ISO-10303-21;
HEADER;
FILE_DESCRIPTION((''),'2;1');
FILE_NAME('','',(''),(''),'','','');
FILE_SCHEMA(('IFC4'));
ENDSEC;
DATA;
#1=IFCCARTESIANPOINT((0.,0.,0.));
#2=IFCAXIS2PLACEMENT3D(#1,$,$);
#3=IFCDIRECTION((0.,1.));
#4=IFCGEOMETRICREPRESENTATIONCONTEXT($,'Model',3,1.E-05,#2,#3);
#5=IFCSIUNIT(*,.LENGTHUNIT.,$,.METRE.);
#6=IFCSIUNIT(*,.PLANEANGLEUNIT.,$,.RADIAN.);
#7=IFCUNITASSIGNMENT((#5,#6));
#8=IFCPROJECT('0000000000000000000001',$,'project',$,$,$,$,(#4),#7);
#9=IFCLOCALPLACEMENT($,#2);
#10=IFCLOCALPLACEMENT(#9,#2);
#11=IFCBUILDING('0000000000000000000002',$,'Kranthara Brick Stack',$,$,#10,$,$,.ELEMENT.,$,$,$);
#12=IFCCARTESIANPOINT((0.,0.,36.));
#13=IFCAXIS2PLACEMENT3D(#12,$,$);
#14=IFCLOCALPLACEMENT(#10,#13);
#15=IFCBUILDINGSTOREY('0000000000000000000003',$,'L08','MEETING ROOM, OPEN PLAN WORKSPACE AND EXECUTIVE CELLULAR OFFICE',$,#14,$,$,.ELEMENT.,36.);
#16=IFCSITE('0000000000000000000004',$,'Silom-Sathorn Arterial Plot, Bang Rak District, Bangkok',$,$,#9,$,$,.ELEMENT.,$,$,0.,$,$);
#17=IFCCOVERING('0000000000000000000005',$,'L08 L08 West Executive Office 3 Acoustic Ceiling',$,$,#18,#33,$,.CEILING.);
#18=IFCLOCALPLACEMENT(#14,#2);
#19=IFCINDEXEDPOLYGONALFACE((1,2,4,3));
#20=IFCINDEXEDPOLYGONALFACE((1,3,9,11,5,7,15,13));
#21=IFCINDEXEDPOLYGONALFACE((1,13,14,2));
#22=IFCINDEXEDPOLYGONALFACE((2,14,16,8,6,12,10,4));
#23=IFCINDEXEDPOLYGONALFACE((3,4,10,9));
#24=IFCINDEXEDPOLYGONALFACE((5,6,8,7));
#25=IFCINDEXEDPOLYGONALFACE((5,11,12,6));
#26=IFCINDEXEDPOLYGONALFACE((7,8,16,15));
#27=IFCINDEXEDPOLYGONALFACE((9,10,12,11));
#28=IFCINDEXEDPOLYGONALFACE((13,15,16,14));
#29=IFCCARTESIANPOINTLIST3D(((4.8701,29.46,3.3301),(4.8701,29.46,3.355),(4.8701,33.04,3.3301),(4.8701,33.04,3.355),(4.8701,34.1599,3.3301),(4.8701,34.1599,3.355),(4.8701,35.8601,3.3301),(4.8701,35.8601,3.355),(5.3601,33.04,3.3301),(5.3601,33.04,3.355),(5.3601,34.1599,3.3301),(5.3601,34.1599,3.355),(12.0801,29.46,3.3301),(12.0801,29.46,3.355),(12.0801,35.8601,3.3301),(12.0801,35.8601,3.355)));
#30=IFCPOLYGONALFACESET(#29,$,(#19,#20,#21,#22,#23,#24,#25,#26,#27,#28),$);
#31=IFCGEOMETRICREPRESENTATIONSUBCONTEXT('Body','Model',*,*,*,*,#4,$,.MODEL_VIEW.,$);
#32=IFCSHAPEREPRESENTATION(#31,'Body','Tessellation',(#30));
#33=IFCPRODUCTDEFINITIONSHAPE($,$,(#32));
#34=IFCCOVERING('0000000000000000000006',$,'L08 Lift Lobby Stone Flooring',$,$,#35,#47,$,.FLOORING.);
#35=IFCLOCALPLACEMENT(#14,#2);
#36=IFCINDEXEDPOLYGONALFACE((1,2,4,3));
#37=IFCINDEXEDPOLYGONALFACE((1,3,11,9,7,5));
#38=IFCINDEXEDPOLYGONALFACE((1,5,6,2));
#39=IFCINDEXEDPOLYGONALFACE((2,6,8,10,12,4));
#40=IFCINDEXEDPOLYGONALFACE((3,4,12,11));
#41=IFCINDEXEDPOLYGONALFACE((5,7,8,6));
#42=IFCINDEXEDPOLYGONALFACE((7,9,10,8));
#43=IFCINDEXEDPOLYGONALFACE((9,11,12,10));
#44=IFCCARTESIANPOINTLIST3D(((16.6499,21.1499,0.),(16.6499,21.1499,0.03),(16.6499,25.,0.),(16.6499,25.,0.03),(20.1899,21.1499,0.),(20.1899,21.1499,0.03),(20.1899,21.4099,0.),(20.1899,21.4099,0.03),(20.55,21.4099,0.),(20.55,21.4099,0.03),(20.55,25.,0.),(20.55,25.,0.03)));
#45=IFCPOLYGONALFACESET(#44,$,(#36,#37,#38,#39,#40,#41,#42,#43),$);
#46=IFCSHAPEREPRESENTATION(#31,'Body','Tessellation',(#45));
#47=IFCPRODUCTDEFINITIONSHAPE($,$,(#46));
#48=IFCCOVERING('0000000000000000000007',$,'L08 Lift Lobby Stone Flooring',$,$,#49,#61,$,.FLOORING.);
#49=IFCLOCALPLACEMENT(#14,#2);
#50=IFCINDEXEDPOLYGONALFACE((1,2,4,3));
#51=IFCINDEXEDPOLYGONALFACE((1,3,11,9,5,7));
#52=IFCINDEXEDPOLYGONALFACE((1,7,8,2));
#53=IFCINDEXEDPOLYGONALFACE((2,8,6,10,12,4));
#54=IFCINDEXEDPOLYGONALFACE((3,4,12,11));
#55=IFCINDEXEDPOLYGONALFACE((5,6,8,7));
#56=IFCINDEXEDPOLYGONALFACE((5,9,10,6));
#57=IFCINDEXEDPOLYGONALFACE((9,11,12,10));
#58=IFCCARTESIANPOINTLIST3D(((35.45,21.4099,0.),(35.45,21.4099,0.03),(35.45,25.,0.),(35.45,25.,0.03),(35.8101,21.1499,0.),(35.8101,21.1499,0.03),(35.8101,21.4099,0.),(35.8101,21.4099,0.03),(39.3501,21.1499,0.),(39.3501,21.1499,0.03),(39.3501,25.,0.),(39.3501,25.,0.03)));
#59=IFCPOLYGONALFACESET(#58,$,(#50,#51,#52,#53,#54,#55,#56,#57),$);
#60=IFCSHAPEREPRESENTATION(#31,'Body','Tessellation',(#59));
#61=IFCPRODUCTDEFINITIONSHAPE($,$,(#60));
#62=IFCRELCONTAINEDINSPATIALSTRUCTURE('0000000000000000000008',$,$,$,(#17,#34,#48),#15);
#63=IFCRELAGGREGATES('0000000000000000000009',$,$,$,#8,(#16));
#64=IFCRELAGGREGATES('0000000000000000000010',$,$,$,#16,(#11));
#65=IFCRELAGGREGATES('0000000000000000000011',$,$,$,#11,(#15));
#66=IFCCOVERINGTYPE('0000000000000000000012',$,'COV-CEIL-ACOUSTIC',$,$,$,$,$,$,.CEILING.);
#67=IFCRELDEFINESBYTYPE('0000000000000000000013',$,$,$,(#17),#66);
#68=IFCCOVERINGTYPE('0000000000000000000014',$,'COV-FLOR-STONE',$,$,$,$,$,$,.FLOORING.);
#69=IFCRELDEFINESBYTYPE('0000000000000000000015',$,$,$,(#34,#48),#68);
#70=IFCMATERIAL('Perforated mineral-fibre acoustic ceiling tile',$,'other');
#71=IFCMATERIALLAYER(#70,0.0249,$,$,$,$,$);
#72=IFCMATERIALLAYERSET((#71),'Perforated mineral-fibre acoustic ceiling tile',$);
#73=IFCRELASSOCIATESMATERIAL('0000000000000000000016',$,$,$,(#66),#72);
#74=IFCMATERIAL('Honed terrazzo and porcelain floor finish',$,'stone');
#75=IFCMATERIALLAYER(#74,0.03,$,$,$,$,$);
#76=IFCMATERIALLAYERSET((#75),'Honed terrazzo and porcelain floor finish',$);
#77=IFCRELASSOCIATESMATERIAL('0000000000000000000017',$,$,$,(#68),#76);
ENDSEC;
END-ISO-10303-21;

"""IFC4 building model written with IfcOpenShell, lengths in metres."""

from ifc_helpers import new_model, si_unit, direction, frame, origin, place, context, subcontext, project, spatial, polyline, outline, extrude, material, layer, layer_set, type_object, element, save


model = new_model("IFC4")

# Units and contexts
model_context = context("Model", 3, precision=1e-05, world=origin(), true_north=direction((0.0, 1.0)))
body_context = subcontext(model_context, "Body", "Model", "MODEL_VIEW")
ifc_project = project(units=[si_unit("LENGTHUNIT", "METRE"), si_unit("PLANEANGLEUNIT", "RADIAN")], contexts=[model_context])

# Site, building, storey
site_placement = place(None, origin())
site = spatial("IfcSite", under=ifc_project, at=site_placement, Name="Silom-Sathorn Arterial Plot, Bang Rak District, Bangkok", CompositionType="ELEMENT", RefElevation=0.0)
building_placement = place(site_placement, origin())
building = spatial("IfcBuilding", under=site, at=building_placement, Name="Kranthara Brick Stack", CompositionType="ELEMENT")
storey_placement = place(building_placement, frame((0.0, 0.0, 36.0)))
storey = spatial("IfcBuildingStorey", under=building, at=storey_placement, Name="L08", Description="MEETING ROOM, OPEN PLAN WORKSPACE AND EXECUTIVE CELLULAR OFFICE", CompositionType="ELEMENT", Elevation=36.0)

# Coverings
ifc_material_1 = material(Name="Perforated mineral-fibre acoustic ceiling tile", Category="other")
ifc_layer_1 = layer(ifc_material_1, 0.0249)
ifc_layer_set_1 = layer_set([ifc_layer_1], Name="Perforated mineral-fibre acoustic ceiling tile")
covering_type_1 = type_object("IfcCoveringType", Name="COV-CEIL-ACOUSTIC", PredefinedType="CEILING", material=ifc_layer_set_1)
covering_1_placement = place(storey_placement, frame((0.0, 0.0, 3.3301)))
element("IfcCovering", 1, at=covering_1_placement, inside=storey, type_object=covering_type_1, Name="L08 L08 West Executive Office 3 Acoustic Ceiling", PredefinedType="CEILING", context=body_context, shape_type="SweptSolid", body=[
    extrude(outline(polyline([(4.8701, 35.8601), (12.0801, 35.8601), (12.0801, 29.46), (4.8701, 29.46), (4.8701, 33.04), (5.3601, 33.04), (5.3601, 34.1599), (4.8701, 34.1599), (4.8701, 35.8601)])), origin(), (0.0, 0.0, 1.0), 0.0249),
])
ifc_material_2 = material(Name="Honed terrazzo and porcelain floor finish", Category="stone")
ifc_layer_2 = layer(ifc_material_2, 0.03)
ifc_layer_set_2 = layer_set([ifc_layer_2], Name="Honed terrazzo and porcelain floor finish")
covering_type_2 = type_object("IfcCoveringType", Name="COV-FLOR-STONE", PredefinedType="FLOORING", material=ifc_layer_set_2)
covering_2_placement = place(storey_placement, origin())
element("IfcCovering", 2, at=covering_2_placement, inside=storey, type_object=covering_type_2, Name="L08 Lift Lobby Stone Flooring", PredefinedType="FLOORING", context=body_context, shape_type="SweptSolid", body=[
    extrude(outline(polyline([(16.6499, 21.1499), (16.6499, 25.0), (20.55, 25.0), (20.55, 21.4099), (20.1899, 21.4099), (20.1899, 21.1499), (16.6499, 21.1499)])), origin(), (0.0, 0.0, 1.0), 0.03),
])
covering_3_placement = place(storey_placement, origin())
element("IfcCovering", 3, at=covering_3_placement, inside=storey, type_object=covering_type_2, Name="L08 Lift Lobby Stone Flooring", PredefinedType="FLOORING", context=body_context, shape_type="SweptSolid", body=[
    extrude(outline(polyline([(35.45, 25.0), (39.3501, 25.0), (39.3501, 21.1499), (35.8101, 21.1499), (35.8101, 21.4099), (35.45, 21.4099), (35.45, 25.0)])), origin(), (0.0, 0.0, 1.0), 0.03),
])

save(model, "model.ifc")
